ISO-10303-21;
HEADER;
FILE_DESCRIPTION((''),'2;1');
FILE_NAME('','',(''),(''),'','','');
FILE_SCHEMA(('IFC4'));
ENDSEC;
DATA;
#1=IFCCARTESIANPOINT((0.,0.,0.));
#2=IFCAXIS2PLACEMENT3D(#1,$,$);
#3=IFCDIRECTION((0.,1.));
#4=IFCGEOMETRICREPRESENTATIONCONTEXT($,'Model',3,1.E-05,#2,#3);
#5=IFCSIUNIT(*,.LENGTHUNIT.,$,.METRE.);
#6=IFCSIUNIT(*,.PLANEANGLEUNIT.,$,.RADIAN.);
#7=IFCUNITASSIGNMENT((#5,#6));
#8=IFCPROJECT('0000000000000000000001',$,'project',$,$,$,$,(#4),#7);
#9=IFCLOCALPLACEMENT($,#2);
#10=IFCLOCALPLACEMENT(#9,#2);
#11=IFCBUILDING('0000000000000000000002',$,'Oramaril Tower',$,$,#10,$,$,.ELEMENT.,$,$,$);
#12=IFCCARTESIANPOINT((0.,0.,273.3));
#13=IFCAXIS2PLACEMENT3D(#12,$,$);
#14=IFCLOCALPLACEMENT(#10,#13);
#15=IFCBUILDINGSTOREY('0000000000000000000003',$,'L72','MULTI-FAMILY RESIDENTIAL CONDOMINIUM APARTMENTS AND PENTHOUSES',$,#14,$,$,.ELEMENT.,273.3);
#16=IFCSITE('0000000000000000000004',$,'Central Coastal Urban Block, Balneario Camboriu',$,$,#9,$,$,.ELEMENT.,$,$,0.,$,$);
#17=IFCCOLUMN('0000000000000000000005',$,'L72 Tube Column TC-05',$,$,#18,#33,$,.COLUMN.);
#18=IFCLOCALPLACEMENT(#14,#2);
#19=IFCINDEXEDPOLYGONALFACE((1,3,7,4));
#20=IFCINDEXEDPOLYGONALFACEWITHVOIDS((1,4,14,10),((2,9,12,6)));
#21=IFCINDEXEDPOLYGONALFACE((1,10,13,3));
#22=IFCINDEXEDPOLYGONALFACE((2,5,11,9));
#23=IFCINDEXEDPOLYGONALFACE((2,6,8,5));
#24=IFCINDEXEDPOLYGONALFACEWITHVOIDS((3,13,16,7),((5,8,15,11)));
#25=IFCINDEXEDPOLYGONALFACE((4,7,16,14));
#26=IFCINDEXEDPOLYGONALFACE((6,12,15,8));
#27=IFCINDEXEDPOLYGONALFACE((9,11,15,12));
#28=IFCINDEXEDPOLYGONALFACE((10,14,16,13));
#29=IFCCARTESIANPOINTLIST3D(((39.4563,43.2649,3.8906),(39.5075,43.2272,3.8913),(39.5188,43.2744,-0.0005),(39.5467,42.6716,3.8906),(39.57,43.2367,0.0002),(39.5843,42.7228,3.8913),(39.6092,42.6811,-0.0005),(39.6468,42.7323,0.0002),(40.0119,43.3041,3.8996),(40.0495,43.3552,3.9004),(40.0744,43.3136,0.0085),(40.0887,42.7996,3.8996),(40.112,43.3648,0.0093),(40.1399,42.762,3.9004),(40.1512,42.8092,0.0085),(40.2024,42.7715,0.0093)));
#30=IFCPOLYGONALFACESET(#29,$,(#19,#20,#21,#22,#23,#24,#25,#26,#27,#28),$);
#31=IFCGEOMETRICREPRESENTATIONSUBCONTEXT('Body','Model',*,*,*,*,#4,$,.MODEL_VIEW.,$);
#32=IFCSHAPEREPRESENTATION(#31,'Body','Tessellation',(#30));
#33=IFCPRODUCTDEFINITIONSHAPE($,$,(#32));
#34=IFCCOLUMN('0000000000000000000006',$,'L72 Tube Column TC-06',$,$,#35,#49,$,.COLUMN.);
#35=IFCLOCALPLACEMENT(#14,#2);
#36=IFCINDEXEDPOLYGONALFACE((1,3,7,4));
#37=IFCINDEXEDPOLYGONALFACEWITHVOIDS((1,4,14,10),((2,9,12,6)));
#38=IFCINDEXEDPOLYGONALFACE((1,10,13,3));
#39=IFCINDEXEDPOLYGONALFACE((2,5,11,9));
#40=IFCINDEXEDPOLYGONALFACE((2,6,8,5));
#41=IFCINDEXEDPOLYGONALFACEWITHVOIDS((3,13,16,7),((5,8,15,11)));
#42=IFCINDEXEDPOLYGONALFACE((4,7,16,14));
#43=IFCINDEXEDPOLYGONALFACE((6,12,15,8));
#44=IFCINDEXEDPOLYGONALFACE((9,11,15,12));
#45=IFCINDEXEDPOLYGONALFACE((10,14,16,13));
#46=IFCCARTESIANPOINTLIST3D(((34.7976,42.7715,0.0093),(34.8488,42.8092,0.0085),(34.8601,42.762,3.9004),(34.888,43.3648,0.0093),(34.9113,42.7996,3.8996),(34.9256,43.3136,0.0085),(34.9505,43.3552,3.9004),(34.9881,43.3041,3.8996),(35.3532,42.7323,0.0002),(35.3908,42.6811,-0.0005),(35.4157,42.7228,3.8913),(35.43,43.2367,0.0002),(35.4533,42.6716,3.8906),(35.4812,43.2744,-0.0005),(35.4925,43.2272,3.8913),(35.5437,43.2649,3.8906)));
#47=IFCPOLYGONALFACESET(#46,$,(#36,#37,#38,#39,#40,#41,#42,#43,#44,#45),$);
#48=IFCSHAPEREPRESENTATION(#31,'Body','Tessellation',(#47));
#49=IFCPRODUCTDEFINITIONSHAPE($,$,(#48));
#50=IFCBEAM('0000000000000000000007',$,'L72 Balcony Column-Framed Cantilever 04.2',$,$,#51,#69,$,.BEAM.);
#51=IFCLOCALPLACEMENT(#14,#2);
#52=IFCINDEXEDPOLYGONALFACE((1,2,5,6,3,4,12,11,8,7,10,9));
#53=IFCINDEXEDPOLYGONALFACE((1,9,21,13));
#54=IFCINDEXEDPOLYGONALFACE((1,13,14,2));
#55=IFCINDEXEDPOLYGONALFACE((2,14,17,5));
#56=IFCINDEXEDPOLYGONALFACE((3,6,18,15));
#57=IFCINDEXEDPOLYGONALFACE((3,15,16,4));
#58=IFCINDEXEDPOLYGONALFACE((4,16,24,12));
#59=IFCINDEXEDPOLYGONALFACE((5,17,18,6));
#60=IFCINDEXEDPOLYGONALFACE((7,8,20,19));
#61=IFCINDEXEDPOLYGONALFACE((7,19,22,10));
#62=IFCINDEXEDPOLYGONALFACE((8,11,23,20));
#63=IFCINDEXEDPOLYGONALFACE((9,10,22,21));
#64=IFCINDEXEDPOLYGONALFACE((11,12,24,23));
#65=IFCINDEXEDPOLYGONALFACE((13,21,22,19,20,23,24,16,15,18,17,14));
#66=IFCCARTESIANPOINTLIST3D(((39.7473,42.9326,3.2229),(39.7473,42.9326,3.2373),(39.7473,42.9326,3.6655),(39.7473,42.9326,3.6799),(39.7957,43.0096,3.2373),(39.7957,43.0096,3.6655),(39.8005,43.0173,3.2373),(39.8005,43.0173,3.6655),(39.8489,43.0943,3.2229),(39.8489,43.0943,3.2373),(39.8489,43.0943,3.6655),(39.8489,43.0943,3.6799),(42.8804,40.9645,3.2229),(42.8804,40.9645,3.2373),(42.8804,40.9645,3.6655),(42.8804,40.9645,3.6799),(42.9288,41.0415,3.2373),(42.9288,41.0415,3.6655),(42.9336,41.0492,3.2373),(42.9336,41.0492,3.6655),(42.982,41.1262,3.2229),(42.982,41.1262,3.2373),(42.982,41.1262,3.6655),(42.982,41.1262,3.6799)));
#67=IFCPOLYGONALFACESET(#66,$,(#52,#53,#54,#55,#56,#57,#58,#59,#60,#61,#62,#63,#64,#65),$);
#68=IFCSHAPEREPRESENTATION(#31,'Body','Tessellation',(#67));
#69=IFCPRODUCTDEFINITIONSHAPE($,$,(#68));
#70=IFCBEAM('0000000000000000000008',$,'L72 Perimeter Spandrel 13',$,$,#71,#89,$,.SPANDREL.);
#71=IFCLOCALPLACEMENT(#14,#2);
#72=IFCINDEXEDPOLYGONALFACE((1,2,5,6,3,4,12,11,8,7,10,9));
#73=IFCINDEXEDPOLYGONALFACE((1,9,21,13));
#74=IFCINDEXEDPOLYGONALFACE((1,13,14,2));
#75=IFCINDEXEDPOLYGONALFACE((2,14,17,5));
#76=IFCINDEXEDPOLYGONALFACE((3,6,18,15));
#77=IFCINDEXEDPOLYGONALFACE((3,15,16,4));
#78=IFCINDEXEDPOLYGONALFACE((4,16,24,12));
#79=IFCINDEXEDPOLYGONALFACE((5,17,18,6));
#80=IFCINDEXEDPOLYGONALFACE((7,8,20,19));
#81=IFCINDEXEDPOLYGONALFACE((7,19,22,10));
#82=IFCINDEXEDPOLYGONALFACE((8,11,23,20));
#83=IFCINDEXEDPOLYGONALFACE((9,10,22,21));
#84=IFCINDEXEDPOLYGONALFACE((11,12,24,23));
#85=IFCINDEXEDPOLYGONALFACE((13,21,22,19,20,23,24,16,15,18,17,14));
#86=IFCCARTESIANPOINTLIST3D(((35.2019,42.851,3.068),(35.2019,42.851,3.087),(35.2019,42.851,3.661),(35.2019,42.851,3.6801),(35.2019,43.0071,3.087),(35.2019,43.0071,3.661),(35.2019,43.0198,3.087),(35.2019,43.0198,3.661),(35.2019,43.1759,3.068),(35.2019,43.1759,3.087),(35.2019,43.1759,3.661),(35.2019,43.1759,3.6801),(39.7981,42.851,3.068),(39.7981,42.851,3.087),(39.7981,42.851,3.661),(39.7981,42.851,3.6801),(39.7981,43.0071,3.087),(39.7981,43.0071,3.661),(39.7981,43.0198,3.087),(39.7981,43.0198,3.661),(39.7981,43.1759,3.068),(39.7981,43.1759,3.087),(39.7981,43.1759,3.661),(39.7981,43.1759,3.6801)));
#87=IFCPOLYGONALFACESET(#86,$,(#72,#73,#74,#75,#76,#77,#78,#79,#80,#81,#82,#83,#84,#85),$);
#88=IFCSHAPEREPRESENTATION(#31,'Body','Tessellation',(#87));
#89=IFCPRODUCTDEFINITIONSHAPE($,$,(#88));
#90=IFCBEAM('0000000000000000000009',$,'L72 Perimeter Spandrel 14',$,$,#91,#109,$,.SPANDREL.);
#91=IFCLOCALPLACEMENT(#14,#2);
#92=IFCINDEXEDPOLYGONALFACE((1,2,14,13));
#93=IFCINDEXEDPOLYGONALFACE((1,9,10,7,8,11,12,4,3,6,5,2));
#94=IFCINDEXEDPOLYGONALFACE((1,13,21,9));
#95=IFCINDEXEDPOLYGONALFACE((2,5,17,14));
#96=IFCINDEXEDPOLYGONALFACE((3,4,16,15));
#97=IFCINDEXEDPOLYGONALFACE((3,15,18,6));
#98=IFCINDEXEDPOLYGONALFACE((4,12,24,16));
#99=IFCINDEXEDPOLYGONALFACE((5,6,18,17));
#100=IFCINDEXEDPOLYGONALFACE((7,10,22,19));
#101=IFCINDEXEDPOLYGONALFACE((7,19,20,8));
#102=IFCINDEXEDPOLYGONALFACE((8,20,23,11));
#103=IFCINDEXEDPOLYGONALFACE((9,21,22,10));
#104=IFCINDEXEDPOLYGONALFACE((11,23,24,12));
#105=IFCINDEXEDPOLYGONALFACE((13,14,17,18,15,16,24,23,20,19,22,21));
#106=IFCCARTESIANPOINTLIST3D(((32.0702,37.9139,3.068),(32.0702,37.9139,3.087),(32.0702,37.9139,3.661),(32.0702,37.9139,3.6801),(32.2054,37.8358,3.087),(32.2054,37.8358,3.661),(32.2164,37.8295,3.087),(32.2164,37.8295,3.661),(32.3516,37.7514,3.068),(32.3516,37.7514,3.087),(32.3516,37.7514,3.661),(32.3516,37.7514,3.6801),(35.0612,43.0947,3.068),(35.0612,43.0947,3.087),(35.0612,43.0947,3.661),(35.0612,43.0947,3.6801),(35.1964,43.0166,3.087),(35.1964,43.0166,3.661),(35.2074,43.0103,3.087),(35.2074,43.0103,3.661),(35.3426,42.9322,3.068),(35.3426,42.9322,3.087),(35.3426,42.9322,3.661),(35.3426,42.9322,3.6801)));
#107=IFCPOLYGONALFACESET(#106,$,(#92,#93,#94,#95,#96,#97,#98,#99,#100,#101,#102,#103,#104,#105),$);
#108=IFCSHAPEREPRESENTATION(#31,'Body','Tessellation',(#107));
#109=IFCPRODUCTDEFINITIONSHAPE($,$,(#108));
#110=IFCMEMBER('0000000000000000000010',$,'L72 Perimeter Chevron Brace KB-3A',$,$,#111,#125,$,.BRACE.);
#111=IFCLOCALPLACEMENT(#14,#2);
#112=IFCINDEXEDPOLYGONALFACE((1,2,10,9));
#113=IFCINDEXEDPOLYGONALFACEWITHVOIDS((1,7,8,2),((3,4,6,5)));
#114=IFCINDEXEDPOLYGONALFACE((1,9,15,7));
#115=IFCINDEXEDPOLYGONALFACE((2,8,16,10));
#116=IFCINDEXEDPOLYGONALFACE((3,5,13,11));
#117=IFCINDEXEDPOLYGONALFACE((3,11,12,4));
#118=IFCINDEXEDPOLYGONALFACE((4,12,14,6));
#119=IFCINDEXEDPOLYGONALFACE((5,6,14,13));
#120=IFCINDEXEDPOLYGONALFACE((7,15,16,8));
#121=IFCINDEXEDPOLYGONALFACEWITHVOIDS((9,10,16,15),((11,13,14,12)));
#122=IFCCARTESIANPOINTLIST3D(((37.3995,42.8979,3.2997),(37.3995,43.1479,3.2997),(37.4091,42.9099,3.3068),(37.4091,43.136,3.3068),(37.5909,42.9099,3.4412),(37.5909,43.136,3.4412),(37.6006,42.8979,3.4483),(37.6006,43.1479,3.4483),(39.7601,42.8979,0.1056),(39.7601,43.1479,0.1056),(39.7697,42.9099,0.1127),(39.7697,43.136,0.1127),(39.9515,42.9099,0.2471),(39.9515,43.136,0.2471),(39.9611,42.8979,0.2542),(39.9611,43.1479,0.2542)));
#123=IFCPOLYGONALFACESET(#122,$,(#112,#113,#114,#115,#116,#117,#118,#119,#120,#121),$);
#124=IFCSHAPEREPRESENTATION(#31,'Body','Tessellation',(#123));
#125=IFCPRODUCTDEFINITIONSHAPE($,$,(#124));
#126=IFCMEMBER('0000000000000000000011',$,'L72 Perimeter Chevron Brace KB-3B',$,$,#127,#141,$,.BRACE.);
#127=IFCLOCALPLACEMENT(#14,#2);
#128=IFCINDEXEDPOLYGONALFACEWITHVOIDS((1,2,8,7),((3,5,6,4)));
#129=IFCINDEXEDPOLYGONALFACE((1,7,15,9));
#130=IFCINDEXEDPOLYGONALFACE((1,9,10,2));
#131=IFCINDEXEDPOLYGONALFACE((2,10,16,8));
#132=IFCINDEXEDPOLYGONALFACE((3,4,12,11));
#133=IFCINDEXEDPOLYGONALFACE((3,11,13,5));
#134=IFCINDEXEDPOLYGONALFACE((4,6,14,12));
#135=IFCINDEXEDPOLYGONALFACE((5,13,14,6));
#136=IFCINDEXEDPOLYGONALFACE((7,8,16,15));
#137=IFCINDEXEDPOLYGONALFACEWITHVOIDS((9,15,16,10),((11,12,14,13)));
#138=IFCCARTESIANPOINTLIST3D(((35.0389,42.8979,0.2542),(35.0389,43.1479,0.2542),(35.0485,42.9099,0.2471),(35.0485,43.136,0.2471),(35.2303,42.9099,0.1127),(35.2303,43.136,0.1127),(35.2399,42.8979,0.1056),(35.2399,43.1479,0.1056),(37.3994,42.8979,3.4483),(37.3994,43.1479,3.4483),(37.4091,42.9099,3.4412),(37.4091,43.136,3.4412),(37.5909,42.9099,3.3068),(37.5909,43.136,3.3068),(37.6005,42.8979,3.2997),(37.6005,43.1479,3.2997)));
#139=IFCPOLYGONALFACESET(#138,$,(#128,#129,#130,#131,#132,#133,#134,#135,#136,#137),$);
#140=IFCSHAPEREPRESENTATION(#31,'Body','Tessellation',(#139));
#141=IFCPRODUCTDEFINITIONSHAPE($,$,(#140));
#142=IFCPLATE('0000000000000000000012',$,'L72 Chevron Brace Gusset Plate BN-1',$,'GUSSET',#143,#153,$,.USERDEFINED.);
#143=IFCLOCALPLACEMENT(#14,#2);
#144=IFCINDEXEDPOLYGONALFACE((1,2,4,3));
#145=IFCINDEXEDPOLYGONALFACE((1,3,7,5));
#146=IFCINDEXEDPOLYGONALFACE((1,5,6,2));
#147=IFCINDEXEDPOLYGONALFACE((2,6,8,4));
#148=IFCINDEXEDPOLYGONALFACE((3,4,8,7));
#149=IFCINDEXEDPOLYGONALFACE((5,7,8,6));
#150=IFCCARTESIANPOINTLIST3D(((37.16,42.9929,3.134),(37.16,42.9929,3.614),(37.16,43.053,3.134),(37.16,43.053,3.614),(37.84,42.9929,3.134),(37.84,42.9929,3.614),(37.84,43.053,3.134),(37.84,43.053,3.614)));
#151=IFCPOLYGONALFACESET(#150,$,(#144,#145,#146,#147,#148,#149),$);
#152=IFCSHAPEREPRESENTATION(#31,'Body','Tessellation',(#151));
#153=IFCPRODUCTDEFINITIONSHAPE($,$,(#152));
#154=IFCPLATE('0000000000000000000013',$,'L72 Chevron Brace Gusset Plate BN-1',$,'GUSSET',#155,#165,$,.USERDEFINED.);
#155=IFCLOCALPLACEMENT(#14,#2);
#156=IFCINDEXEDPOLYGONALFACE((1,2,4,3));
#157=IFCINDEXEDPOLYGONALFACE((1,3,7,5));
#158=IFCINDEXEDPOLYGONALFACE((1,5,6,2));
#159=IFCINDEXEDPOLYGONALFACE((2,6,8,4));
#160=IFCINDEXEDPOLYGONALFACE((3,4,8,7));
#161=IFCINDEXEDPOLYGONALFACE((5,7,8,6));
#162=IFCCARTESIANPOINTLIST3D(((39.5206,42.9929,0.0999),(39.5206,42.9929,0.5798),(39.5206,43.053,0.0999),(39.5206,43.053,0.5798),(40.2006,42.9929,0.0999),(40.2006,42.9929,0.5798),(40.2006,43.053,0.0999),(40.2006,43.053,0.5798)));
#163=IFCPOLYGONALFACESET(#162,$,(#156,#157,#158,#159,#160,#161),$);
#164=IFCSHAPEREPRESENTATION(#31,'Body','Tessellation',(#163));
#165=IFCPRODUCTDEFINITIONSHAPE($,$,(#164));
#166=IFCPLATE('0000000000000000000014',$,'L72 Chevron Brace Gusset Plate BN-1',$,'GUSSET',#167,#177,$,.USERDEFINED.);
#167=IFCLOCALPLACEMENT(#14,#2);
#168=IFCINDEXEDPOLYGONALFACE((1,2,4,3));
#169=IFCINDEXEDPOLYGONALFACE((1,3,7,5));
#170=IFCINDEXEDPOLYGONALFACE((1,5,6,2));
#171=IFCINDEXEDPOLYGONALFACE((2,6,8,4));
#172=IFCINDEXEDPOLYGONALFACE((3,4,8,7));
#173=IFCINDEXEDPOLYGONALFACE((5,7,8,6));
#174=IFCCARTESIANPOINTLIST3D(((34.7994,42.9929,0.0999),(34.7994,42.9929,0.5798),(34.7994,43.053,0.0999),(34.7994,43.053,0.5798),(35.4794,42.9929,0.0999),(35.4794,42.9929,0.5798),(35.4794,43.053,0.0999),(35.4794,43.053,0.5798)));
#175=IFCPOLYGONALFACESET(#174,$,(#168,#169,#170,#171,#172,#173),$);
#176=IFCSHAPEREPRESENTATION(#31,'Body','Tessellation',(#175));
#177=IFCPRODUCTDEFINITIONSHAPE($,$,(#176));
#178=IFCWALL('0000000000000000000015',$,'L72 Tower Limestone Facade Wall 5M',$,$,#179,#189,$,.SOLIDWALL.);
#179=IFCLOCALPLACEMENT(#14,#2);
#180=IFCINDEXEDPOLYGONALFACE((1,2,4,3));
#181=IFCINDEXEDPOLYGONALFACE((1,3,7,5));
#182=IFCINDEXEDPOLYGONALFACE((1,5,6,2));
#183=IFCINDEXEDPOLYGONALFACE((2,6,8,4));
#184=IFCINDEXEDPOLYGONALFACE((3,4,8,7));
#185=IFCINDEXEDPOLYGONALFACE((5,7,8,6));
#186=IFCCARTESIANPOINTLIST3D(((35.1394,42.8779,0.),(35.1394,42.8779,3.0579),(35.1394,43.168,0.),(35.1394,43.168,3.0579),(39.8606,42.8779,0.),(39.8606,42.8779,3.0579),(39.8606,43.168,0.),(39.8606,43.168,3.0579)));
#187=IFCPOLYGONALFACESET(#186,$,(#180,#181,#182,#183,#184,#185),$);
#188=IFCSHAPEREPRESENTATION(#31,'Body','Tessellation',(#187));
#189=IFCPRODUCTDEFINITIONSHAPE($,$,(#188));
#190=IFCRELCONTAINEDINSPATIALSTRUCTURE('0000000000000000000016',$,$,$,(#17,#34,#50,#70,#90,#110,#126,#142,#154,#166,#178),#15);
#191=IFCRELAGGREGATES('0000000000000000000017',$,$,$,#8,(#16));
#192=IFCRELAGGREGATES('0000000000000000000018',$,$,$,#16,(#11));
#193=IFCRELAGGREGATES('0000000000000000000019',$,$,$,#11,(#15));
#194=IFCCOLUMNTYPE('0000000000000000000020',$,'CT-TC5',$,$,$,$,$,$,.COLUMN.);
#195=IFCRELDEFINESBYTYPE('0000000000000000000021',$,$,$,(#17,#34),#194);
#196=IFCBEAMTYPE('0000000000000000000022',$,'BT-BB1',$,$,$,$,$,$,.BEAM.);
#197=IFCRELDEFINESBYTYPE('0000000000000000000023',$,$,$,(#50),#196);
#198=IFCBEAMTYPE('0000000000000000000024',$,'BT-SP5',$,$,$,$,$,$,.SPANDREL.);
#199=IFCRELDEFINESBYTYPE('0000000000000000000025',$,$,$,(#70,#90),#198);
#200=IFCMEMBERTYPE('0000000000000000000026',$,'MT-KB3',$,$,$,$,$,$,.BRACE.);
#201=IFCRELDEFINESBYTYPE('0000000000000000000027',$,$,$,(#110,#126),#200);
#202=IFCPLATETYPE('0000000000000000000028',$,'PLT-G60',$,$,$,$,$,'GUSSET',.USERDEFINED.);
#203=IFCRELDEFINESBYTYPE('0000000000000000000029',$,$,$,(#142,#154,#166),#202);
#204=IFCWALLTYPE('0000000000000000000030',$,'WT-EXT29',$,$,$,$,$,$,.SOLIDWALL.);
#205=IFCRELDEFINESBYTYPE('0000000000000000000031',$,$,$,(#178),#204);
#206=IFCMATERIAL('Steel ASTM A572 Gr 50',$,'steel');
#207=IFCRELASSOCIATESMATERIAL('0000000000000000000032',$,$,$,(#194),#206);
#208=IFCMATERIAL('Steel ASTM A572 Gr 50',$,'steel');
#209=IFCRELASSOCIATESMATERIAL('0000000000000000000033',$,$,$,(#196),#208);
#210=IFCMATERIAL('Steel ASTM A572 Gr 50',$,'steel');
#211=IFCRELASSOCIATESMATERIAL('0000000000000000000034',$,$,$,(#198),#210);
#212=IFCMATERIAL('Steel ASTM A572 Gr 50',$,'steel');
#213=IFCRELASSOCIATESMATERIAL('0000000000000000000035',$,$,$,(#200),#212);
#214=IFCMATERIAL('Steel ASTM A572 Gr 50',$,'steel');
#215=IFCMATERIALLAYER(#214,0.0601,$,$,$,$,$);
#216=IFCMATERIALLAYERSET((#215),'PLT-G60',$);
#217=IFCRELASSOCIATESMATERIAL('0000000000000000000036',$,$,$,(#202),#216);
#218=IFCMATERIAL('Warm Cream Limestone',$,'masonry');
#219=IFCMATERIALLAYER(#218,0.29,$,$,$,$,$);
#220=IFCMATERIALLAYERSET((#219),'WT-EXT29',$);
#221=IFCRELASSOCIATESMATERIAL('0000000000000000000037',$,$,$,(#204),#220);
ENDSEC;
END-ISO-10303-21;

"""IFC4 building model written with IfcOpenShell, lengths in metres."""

from ifc_helpers import new_model, si_unit, direction, frame, frame_2d, origin, origin_2d, place, context, subcontext, project, spatial, rectangle, hollow_rectangle, i_section, extrude, material, layer, layer_set, material_profile, profile_set, type_object, element, save


model = new_model("IFC4")

# Units and contexts
model_context = context("Model", 3, precision=1e-05, world=origin(), true_north=direction((0.0, 1.0)))
body_context = subcontext(model_context, "Body", "Model", "MODEL_VIEW")
ifc_project = project(units=[si_unit("LENGTHUNIT", "METRE"), si_unit("PLANEANGLEUNIT", "RADIAN")], contexts=[model_context])

# Site, building, storey
site_placement = place(None, origin())
site = spatial("IfcSite", under=ifc_project, at=site_placement, Name="Central Coastal Urban Block, Balneario Camboriu", CompositionType="ELEMENT", RefElevation=0.0)
building_placement = place(site_placement, origin())
building = spatial("IfcBuilding", under=site, at=building_placement, Name="Oramaril Tower", CompositionType="ELEMENT")
storey_placement = place(building_placement, frame((0.0, 0.0, 273.3)))
storey = spatial("IfcBuildingStorey", under=building, at=storey_placement, Name="L72", Description="MULTI-FAMILY RESIDENTIAL CONDOMINIUM APARTMENTS AND PENTHOUSES", CompositionType="ELEMENT", Elevation=273.3)

# Columns
ifc_material_1 = material(Name="Steel ASTM A572 Gr 50", Category="steel")
ifc_material_profile_1 = material_profile(ifc_material_1, hollow_rectangle(XDim=0.6001, YDim=0.6001, WallThickness=0.0449, at=origin_2d()), Name="BOX600X600X45")
ifc_profile_set_1 = profile_set([ifc_material_profile_1], Name="Steel ASTM A572 Gr 50")
column_type = type_object("IfcColumnType", Name="CT-TC5", PredefinedType="COLUMN", material=ifc_profile_set_1)
for number, where, z_axis, x_axis, name in (
    (1, (39.8606, 43.0229, 0.0044), (-0.01606, -0.002447, 0.999868), (0.150606, -0.988594, 0.0), "L72 Tube Column TC-05"),
    (2, (35.1394, 43.0229, 0.0044), (0.01606, -0.002447, 0.999868), (0.150606, 0.988594, 0.0), "L72 Tube Column TC-06"),
):
    element("IfcColumn", number, at=place(storey_placement, frame(where, z_axis=z_axis, x_axis=x_axis)), inside=storey, type_object=column_type, Name=name, PredefinedType="COLUMN", context=body_context, shape_type="SweptSolid", body=[
        extrude(hollow_rectangle(XDim=0.6001, YDim=0.6001, WallThickness=0.0449, at=origin_2d()), origin(), (0.0, 0.0, 1.0), 3.8916),
    ])

# Beams
ifc_material_2 = material(Name="Steel ASTM A572 Gr 50", Category="steel")
ifc_material_profile_2 = material_profile(ifc_material_2, i_section(OverallWidth=0.1909, OverallDepth=0.457, WebThickness=0.009, FlangeThickness=0.0144, at=origin_2d()), Name="W18X50")
ifc_profile_set_2 = profile_set([ifc_material_profile_2], Name="Steel ASTM A572 Gr 50")
beam_type_1 = type_object("IfcBeamType", Name="BT-BB1", PredefinedType="BEAM", material=ifc_profile_set_2)
beam_1_placement = place(storey_placement, frame((39.7981, 43.0134, 3.4514), z_axis=(0.846799, -0.531913, 0.0), x_axis=(0.531913, 0.846799, 0.0)))
element("IfcBeam", 3, at=beam_1_placement, inside=storey, type_object=beam_type_1, Name="L72 Balcony Column-Framed Cantilever 04.2", PredefinedType="BEAM", context=body_context, shape_type="SweptSolid", body=[
    extrude(i_section(OverallWidth=0.1909, OverallDepth=0.457, WebThickness=0.009, FlangeThickness=0.0144, at=origin_2d()), origin(), (0.0, 0.0, 1.0), 3.7),
])
ifc_material_3 = material(Name="Steel ASTM A572 Gr 50", Category="steel")
ifc_material_profile_3 = material_profile(ifc_material_3, i_section(OverallWidth=0.325, OverallDepth=0.6121, WebThickness=0.0127, FlangeThickness=0.019, at=origin_2d()), Name="W24X104")
ifc_profile_set_3 = profile_set([ifc_material_profile_3], Name="Steel ASTM A572 Gr 50")
beam_type_2 = type_object("IfcBeamType", Name="BT-SP5", PredefinedType="SPANDREL", material=ifc_profile_set_3)
beam_2_placement = place(storey_placement, frame((39.7981, 43.0134, 3.374), z_axis=(-1.0, 0.0, 0.0), x_axis=(0.0, -1.0, 0.0)))
element("IfcBeam", 4, at=beam_2_placement, inside=storey, type_object=beam_type_2, Name="L72 Perimeter Spandrel 13", PredefinedType="SPANDREL", context=body_context, shape_type="SweptSolid", body=[
    extrude(i_section(OverallWidth=0.325, OverallDepth=0.6121, WebThickness=0.0127, FlangeThickness=0.019, at=origin_2d()), origin(), (0.0, 0.0, 1.0), 4.5962),
])
beam_3_placement = place(storey_placement, frame((35.2019, 43.0134, 3.374), z_axis=(-0.499989, -0.866032, 0.0), x_axis=(0.866032, -0.499989, 0.0)))
element("IfcBeam", 5, at=beam_3_placement, inside=storey, type_object=beam_type_2, Name="L72 Perimeter Spandrel 14", PredefinedType="SPANDREL", context=body_context, shape_type="SweptSolid", body=[
    extrude(i_section(OverallWidth=0.325, OverallDepth=0.6121, WebThickness=0.0127, FlangeThickness=0.019, at=origin_2d()), origin(), (0.0, 0.0, 1.0), 5.9822),
])

# Members
ifc_material_4 = material(Name="Steel ASTM A572 Gr 50", Category="steel")
ifc_material_profile_4 = material_profile(ifc_material_4, hollow_rectangle(XDim=0.25, YDim=0.25, WallThickness=0.012, at=origin_2d()), Name="HSS250X250X12")
ifc_profile_set_4 = profile_set([ifc_material_profile_4], Name="Steel ASTM A572 Gr 50")
member_type = type_object("IfcMemberType", Name="MT-KB3", PredefinedType="BRACE", material=ifc_profile_set_4)
for number, where, z_axis, x_axis, name in (
    (6, (39.8606, 43.0229, 0.1799), (-0.59435, 0.0, 0.804207), (0.0, -1.0, 0.0), "L72 Perimeter Chevron Brace KB-3A"),
    (7, (35.1394, 43.0229, 0.1799), (0.59435, 0.0, 0.804207), (0.0, 1.0, 0.0), "L72 Perimeter Chevron Brace KB-3B"),
):
    element("IfcMember", number, at=place(storey_placement, frame(where, z_axis=z_axis, x_axis=x_axis)), inside=storey, type_object=member_type, Name=name, PredefinedType="BRACE", context=body_context, shape_type="SweptSolid", body=[
        extrude(hollow_rectangle(XDim=0.25, YDim=0.25, WallThickness=0.012, at=origin_2d()), origin(), (0.0, 0.0, 1.0), 3.9717),
    ])

# Plates
ifc_material_5 = material(Name="Steel ASTM A572 Gr 50", Category="steel")
ifc_layer_1 = layer(ifc_material_5, 0.0601)
ifc_layer_set_1 = layer_set([ifc_layer_1], Name="PLT-G60")
plate_type = type_object("IfcPlateType", Name="PLT-G60", ElementType="GUSSET", PredefinedType="USERDEFINED", material=ifc_layer_set_1)
for number, where, z_axis, x_axis, name in (
    (8, (37.5, 43.0229, 3.134), (0.0, 0.0, 1.0), (-1.0, 0.0, 0.0), "L72 Chevron Brace Gusset Plate BN-1"),
    (9, (39.8606, 43.0229, 0.0999), (0.0, 0.0, 1.0), (-1.0, 0.0, 0.0), "L72 Chevron Brace Gusset Plate BN-1"),
    (10, (35.1394, 43.0229, 0.0999), (0.0, 0.0, 1.0), (-1.0, 0.0, 0.0), "L72 Chevron Brace Gusset Plate BN-1"),
):
    element("IfcPlate", number, at=place(storey_placement, frame(where, z_axis=z_axis, x_axis=x_axis)), inside=storey, type_object=plate_type, Name=name, ObjectType="GUSSET", PredefinedType="USERDEFINED", context=body_context, shape_type="SweptSolid", body=[
        extrude(rectangle(XDim=0.6799, YDim=0.0601, at=origin_2d()), origin(), (0.0, 0.0, 1.0), 0.48),
    ])

# Wall
ifc_material_6 = material(Name="Warm Cream Limestone", Category="masonry")
ifc_layer_2 = layer(ifc_material_6, 0.29)
ifc_layer_set_2 = layer_set([ifc_layer_2], Name="WT-EXT29")
wall_type_1 = type_object("IfcWallType", Name="WT-EXT29", PredefinedType="SOLIDWALL", material=ifc_layer_set_2)
wall_1_placement = place(storey_placement, frame((39.8606, 43.0229, 0.0), z_axis=(0.0, 0.0, 1.0), x_axis=(-1.0, 0.0, 0.0)))
element("IfcWall", 11, at=wall_1_placement, inside=storey, type_object=wall_type_1, Name="L72 Tower Limestone Facade Wall 5M", PredefinedType="SOLIDWALL", context=body_context, shape_type="SweptSolid", body=[
    extrude(rectangle(XDim=4.7212, YDim=0.29, at=frame_2d((2.3606, 0.0))), origin(), (0.0, 0.0, 1.0), 3.0579),
])

save(model, "model.ifc")
